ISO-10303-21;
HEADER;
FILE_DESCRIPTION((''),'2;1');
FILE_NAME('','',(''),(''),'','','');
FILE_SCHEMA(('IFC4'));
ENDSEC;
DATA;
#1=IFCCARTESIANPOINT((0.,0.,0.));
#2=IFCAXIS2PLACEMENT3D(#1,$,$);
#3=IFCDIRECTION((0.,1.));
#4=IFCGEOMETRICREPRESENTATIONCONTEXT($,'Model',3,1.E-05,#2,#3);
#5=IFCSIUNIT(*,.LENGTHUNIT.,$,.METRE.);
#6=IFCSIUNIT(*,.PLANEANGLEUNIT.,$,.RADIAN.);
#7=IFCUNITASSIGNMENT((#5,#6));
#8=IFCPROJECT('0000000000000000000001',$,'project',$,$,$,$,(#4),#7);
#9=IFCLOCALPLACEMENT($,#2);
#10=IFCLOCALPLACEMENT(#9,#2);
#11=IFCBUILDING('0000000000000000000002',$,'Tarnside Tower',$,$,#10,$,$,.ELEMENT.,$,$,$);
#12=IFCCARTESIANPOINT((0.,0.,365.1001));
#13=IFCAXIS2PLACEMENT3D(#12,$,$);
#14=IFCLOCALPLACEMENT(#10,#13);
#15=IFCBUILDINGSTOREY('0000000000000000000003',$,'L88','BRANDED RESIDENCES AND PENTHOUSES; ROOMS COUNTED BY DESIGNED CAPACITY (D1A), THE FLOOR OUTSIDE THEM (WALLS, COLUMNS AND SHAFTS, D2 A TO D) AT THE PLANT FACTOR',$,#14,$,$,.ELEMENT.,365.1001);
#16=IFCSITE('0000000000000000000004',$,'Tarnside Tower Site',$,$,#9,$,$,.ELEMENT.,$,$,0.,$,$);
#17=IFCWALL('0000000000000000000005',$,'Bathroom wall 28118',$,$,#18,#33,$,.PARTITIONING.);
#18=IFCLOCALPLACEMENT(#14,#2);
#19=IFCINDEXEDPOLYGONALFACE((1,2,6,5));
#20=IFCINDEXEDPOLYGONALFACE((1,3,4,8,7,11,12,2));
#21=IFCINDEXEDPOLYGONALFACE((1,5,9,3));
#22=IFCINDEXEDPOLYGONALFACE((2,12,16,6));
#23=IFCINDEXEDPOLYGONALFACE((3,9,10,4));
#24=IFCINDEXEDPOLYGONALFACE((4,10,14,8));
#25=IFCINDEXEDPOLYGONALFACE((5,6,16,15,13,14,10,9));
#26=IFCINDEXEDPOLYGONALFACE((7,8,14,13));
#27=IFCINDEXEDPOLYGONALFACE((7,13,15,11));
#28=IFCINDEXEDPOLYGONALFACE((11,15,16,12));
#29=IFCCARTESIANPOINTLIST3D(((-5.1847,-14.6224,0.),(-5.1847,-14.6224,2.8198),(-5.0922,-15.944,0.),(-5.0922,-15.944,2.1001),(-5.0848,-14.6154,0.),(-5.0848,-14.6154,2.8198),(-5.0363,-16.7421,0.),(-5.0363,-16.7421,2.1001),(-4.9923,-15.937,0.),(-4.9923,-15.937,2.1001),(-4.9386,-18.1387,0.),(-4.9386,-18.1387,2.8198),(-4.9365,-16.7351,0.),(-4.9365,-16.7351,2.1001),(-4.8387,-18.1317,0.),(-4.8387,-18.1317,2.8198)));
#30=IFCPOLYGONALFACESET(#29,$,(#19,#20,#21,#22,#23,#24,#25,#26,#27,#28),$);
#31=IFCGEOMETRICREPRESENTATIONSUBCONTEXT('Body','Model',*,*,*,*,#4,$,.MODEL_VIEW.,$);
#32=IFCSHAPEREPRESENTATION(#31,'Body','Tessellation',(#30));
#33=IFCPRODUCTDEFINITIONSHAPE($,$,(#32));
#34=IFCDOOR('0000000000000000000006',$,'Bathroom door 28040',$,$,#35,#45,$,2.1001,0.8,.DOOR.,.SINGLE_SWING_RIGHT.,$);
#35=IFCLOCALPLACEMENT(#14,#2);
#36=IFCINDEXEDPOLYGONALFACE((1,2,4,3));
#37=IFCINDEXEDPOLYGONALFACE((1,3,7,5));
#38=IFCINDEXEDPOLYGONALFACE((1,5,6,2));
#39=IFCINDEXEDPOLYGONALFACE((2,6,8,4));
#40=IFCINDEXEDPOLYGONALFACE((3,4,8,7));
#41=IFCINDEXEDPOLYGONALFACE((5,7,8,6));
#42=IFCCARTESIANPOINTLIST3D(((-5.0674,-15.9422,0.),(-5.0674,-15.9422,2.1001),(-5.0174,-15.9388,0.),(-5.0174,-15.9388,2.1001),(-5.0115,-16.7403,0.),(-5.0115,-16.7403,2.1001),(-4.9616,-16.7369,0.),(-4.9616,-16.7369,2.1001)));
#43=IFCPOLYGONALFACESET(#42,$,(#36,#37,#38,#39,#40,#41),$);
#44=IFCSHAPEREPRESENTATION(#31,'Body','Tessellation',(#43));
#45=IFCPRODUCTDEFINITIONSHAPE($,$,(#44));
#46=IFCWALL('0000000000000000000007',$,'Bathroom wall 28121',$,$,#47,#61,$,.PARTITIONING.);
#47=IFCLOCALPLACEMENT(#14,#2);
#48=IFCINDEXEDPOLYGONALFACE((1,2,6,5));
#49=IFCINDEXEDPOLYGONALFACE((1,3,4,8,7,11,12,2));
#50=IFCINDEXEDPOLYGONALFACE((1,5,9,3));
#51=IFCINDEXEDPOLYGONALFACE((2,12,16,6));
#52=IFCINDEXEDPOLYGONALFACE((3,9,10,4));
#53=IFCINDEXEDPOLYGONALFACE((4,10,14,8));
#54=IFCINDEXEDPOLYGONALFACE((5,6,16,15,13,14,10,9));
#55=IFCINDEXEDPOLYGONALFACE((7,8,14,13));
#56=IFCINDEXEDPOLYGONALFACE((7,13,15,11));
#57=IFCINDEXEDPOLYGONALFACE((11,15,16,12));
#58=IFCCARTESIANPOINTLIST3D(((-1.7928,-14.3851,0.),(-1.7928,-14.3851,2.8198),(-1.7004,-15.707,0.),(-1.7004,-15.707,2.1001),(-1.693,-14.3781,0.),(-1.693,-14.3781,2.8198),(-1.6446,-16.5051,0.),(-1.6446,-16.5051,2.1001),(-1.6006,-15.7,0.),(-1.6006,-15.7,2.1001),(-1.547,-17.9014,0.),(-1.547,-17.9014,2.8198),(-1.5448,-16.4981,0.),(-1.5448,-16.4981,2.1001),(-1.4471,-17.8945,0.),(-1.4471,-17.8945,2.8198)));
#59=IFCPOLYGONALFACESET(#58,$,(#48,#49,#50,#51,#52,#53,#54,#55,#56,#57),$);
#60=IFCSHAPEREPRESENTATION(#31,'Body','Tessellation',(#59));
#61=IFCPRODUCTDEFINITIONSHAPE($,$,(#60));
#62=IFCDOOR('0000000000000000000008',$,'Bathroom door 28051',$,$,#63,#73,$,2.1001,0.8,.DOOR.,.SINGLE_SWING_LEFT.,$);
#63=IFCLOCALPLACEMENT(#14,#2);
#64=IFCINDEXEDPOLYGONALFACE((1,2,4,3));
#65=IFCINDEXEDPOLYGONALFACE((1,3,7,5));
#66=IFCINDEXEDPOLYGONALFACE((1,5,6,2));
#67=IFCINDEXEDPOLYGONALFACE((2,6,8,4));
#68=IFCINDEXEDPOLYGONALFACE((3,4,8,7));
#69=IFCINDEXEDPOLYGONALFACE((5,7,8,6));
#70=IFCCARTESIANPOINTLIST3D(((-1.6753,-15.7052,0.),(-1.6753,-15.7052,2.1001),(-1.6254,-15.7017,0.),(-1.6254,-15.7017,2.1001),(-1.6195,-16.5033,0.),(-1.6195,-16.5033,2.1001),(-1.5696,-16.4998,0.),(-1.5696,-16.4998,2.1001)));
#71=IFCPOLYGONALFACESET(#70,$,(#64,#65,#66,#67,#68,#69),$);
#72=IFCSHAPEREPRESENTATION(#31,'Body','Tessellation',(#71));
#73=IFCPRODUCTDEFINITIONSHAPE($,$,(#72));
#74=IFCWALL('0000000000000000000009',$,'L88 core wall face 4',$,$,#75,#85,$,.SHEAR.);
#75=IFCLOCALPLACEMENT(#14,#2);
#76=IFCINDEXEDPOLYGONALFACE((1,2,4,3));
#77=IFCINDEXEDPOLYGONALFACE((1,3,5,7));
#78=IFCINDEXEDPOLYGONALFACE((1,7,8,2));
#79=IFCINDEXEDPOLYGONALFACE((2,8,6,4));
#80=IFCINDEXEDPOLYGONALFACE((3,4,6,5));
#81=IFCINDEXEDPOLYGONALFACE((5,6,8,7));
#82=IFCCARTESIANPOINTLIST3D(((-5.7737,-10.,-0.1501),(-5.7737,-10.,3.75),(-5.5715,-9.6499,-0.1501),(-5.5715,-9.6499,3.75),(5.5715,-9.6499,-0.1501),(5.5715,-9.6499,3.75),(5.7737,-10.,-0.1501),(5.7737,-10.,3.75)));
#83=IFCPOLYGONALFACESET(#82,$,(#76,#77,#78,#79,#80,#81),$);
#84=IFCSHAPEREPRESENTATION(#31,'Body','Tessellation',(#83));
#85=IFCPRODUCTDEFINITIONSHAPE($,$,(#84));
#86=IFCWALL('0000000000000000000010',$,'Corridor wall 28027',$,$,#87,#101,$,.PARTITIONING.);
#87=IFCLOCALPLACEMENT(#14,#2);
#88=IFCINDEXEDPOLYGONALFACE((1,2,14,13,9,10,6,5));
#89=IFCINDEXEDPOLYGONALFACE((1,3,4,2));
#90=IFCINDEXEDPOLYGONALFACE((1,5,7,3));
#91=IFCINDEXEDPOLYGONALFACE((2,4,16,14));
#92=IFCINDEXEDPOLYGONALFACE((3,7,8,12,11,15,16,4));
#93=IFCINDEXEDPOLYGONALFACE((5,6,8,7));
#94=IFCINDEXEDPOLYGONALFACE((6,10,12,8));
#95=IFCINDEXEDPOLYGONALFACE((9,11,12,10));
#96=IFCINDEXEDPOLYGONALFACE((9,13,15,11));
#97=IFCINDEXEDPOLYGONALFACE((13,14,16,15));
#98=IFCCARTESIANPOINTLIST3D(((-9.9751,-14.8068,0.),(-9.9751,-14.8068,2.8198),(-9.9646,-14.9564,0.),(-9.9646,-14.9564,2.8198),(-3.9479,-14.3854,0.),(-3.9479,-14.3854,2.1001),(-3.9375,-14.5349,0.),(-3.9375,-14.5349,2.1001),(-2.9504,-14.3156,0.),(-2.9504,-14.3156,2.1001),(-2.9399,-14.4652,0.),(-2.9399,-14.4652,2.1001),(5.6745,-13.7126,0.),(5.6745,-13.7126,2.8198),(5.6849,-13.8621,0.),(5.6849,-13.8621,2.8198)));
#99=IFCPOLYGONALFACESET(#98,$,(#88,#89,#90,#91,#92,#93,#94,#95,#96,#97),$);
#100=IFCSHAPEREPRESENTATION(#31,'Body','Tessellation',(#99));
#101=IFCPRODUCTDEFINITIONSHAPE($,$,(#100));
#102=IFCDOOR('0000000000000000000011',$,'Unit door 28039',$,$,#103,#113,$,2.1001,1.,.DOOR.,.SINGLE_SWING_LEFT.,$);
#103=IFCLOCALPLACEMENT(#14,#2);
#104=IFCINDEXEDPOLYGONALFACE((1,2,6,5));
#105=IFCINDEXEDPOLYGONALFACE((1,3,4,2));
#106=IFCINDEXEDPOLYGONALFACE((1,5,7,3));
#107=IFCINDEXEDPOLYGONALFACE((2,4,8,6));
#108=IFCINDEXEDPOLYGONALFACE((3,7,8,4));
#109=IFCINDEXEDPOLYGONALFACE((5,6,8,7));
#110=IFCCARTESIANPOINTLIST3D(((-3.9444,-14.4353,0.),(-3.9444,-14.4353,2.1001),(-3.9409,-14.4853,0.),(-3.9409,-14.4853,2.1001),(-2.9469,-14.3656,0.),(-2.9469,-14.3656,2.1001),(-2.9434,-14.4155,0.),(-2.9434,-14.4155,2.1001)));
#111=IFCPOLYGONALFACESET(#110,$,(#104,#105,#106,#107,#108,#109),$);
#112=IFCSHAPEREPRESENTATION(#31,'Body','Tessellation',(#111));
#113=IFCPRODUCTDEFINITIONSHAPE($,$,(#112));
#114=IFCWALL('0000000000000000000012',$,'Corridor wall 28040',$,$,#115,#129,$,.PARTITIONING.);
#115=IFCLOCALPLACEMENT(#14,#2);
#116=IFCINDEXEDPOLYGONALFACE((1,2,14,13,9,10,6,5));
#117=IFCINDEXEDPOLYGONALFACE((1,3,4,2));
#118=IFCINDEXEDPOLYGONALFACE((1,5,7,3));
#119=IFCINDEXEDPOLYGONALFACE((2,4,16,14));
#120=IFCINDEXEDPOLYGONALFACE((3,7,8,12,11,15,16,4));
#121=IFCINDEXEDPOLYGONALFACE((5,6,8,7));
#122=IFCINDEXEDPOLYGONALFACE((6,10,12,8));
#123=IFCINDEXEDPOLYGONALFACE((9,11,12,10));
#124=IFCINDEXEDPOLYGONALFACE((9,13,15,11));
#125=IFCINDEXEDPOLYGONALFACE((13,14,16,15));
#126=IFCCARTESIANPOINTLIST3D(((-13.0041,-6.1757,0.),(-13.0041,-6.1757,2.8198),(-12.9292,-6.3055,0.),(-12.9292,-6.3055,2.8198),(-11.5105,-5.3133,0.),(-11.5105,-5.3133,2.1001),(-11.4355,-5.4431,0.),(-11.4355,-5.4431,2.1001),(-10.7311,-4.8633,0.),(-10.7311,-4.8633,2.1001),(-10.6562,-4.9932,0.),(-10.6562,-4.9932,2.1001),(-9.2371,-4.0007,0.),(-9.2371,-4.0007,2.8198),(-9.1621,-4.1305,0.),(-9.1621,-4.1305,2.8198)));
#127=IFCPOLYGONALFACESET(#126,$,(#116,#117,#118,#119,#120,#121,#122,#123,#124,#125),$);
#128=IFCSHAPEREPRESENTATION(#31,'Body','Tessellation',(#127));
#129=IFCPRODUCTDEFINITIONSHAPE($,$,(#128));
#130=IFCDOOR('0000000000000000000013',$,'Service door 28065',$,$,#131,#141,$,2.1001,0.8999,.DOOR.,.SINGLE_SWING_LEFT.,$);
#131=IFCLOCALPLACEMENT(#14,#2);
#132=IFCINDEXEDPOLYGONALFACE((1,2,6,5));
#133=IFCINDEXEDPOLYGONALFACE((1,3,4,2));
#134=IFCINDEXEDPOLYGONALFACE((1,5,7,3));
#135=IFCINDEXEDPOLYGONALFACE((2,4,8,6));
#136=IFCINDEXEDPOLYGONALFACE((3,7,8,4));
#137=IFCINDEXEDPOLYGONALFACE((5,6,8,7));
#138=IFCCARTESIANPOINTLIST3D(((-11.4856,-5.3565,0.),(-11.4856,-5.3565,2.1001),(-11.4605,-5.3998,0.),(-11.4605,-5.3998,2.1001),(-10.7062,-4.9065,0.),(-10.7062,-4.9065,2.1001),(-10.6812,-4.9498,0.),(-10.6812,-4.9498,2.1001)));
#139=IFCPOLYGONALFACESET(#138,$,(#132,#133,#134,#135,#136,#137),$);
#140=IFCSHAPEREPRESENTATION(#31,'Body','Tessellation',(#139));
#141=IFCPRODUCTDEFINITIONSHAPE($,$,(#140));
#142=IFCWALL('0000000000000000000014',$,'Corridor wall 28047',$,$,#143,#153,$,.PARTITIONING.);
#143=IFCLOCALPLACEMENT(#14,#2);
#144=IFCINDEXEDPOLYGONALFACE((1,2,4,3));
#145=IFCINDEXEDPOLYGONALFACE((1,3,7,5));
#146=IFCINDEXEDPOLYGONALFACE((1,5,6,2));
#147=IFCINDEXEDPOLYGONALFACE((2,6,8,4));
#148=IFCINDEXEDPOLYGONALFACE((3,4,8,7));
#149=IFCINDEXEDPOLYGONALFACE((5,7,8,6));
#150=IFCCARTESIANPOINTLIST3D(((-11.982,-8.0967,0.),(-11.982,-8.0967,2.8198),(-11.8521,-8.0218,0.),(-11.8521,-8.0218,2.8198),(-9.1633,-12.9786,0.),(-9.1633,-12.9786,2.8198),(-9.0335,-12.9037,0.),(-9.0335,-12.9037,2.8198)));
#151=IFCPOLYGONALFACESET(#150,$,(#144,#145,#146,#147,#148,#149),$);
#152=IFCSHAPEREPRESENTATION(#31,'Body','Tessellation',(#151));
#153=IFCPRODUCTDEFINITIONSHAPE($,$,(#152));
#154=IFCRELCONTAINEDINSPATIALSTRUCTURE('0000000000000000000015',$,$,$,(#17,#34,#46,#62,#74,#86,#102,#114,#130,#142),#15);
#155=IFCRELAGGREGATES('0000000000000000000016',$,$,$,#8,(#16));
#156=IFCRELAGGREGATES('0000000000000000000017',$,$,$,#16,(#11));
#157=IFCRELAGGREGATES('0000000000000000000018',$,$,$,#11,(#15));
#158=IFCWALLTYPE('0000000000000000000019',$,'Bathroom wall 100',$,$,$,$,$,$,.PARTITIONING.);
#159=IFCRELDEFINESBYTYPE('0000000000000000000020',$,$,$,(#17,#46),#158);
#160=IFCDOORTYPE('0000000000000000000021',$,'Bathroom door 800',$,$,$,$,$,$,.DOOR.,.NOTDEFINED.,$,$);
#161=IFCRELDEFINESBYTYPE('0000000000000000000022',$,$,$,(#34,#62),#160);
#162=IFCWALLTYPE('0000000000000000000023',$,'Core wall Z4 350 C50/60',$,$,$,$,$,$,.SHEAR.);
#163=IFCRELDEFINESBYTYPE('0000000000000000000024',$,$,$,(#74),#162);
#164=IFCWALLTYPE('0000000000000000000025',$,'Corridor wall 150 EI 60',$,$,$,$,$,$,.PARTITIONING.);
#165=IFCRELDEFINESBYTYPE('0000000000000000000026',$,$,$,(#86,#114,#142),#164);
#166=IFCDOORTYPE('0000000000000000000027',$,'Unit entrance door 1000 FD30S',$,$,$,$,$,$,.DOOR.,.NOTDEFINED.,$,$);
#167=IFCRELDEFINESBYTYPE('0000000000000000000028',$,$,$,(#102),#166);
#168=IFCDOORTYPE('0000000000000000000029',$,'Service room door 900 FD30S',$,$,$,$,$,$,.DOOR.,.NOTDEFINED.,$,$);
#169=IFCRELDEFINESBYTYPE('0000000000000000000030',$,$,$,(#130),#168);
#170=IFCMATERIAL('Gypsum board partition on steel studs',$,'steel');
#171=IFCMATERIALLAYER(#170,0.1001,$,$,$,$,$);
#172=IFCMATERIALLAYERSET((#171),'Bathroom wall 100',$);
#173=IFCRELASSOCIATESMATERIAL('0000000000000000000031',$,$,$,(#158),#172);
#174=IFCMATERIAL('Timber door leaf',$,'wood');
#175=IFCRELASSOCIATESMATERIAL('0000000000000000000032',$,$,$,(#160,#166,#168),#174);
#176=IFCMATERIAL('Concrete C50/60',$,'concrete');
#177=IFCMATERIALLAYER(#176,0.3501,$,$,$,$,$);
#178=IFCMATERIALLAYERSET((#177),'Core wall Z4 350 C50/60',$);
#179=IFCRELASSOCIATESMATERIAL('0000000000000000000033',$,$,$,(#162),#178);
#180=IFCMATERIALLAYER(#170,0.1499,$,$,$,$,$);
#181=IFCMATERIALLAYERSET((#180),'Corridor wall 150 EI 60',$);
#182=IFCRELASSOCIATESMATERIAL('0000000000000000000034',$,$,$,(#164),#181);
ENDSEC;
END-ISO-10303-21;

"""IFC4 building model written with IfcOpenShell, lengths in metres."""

from ifc_helpers import new_model, si_unit, direction, frame, frame_2d, origin, place, context, subcontext, project, spatial, polyline, rectangle, outline, extrude, material, layer, layer_set, type_object, element, fill, save


model = new_model("IFC4")

# Units and contexts
model_context = context("Model", 3, precision=1e-05, world=origin(), true_north=direction((0.0, 1.0)))
body_context = subcontext(model_context, "Body", "Model", "MODEL_VIEW")
ifc_project = project(units=[si_unit("LENGTHUNIT", "METRE"), si_unit("PLANEANGLEUNIT", "RADIAN")], contexts=[model_context])

# Site, building, storey
site_placement = place(None, origin())
site = spatial("IfcSite", under=ifc_project, at=site_placement, Name="Tarnside Tower Site", CompositionType="ELEMENT", RefElevation=0.0)
building_placement = place(site_placement, origin())
building = spatial("IfcBuilding", under=site, at=building_placement, Name="Tarnside Tower", CompositionType="ELEMENT")
storey_placement = place(building_placement, frame((0.0, 0.0, 365.1001)))
storey = spatial("IfcBuildingStorey", under=building, at=storey_placement, Name="L88", Description="BRANDED RESIDENCES AND PENTHOUSES; ROOMS COUNTED BY DESIGNED CAPACITY (D1A), THE FLOOR OUTSIDE THEM (WALLS, COLUMNS AND SHAFTS, D2 A TO D) AT THE PLANT FACTOR", CompositionType="ELEMENT", Elevation=365.1001)

# Walls, openings, doors
ifc_material_1 = material(Name="Gypsum board partition on steel studs", Category="steel")
ifc_layer_1 = layer(ifc_material_1, 0.1001)
ifc_layer_set_1 = layer_set([ifc_layer_1], Name="Bathroom wall 100")
wall_type_1 = type_object("IfcWallType", Name="Bathroom wall 100", PredefinedType="PARTITIONING", material=ifc_layer_set_1)
wall_1_placement = place(storey_placement, frame((-5.1348, -14.6189, 0.0), z_axis=(0.0, 0.0, 1.0), x_axis=(0.069815, -0.99756, 0.0)))
wall_1 = element("IfcWall", 1, at=wall_1_placement, inside=storey, type_object=wall_type_1, Name="Bathroom wall 28118", PredefinedType="PARTITIONING", context=body_context, shape_type="SweptSolid", body=[
    extrude(rectangle(XDim=3.5249, YDim=0.1001, at=frame_2d((1.7625, 0.0))), origin(), (0.0, 0.0, 1.0), 2.8198),
])
opening_1_placement = place(wall_1_placement, frame((1.325, 0.0, 0.0)))
opening_1 = element("IfcOpeningElement", 2, at=opening_1_placement, cuts=wall_1, PredefinedType="OPENING", context=body_context, shape_type="SweptSolid", body=[
    extrude(rectangle(XDim=0.8, YDim=2.1001, at=frame_2d((0.3999, 1.05))), frame((0.0, 0.0601, 0.0), z_axis=(0.0, -1.0, 0.0), x_axis=(1.0, 0.0, 0.0)), (0.0, 0.0, 1.0), 0.1201),
])
ifc_material_2 = material(Name="Timber door leaf", Category="wood")
door_type_1 = type_object("IfcDoorType", Name="Bathroom door 800", OperationType="NOTDEFINED", PredefinedType="DOOR", material=ifc_material_2)
door_1_placement = place(opening_1_placement, origin())
door_1 = element("IfcDoor", 3, at=door_1_placement, inside=storey, type_object=door_type_1, Name="Bathroom door 28040", OperationType="SINGLE_SWING_RIGHT", OverallHeight=2.1001, OverallWidth=0.8, PredefinedType="DOOR", context=body_context, shape_type="SweptSolid", body=[
    extrude(rectangle(XDim=0.8, YDim=2.1001, at=frame_2d((0.3999, 1.05))), frame((0.0, 0.0249, 0.0), z_axis=(0.0, -1.0, 0.0), x_axis=(1.0, 0.0, 0.0)), (0.0, 0.0, 1.0), 0.05),
])
fill(opening_1, door_1)
wall_2_placement = place(storey_placement, frame((-1.4971, -17.8979, 0.0), z_axis=(0.0, 0.0, 1.0), x_axis=(-0.069746, 0.997565, 0.0)))
wall_2 = element("IfcWall", 4, at=wall_2_placement, inside=storey, type_object=wall_type_1, Name="Bathroom wall 28121", PredefinedType="PARTITIONING", context=body_context, shape_type="SweptSolid", body=[
    extrude(rectangle(XDim=3.5249, YDim=0.1001, at=frame_2d((1.7625, 0.0))), origin(), (0.0, 0.0, 1.0), 2.8198),
])
opening_2_placement = place(wall_2_placement, frame((1.3999, 0.0, 0.0)))
opening_2 = element("IfcOpeningElement", 5, at=opening_2_placement, cuts=wall_2, PredefinedType="OPENING", context=body_context, shape_type="SweptSolid", body=[
    extrude(rectangle(XDim=0.8, YDim=2.1001, at=frame_2d((0.3999, 1.05))), frame((0.0, 0.0601, 0.0), z_axis=(0.0, -1.0, 0.0), x_axis=(1.0, 0.0, 0.0)), (0.0, 0.0, 1.0), 0.1201),
])
door_2_placement = place(opening_2_placement, origin())
door_2 = element("IfcDoor", 6, at=door_2_placement, inside=storey, type_object=door_type_1, Name="Bathroom door 28051", OperationType="SINGLE_SWING_LEFT", OverallHeight=2.1001, OverallWidth=0.8, PredefinedType="DOOR", context=body_context, shape_type="SweptSolid", body=[
    extrude(rectangle(XDim=0.8, YDim=2.1001, at=frame_2d((0.3999, 1.05))), frame((0.0, 0.0249, 0.0), z_axis=(0.0, -1.0, 0.0), x_axis=(1.0, 0.0, 0.0)), (0.0, 0.0, 1.0), 0.05),
])
fill(opening_2, door_2)

# Wall
ifc_material_3 = material(Name="Concrete C50/60", Category="concrete")
ifc_layer_2 = layer(ifc_material_3, 0.3501)
ifc_layer_set_2 = layer_set([ifc_layer_2], Name="Core wall Z4 350 C50/60")
wall_type_2 = type_object("IfcWallType", Name="Core wall Z4 350 C50/60", PredefinedType="SHEAR", material=ifc_layer_set_2)
wall_3_placement = place(storey_placement, frame((-5.6726, -9.825, -0.1501), z_axis=(0.0, 0.0, 1.0), x_axis=(1.0, 0.0, 0.0)))
element("IfcWall", 7, at=wall_3_placement, inside=storey, type_object=wall_type_2, Name="L88 core wall face 4", PredefinedType="SHEAR", context=body_context, shape_type="SweptSolid", body=[
    extrude(outline(polyline([(-0.1011, -0.175), (11.4463, -0.175), (11.2441, 0.175), (0.1011, 0.175), (-0.1011, -0.175)])), origin(), (0.0, 0.0, 1.0), 3.9001),
])

# Walls, openings, doors
ifc_layer_3 = layer(ifc_material_1, 0.1499)
ifc_layer_set_3 = layer_set([ifc_layer_3], Name="Corridor wall 150 EI 60")
wall_type_3 = type_object("IfcWallType", Name="Corridor wall 150 EI 60", PredefinedType="PARTITIONING", material=ifc_layer_set_3)
wall_4_placement = place(storey_placement, frame((-9.9697, -14.8816, 0.0), z_axis=(0.0, 0.0, 1.0), x_axis=(0.997564, 0.069752, 0.0)))
wall_4 = element("IfcWall", 8, at=wall_4_placement, inside=storey, type_object=wall_type_3, Name="Corridor wall 28027", PredefinedType="PARTITIONING", context=body_context, shape_type="SweptSolid", body=[
    extrude(rectangle(XDim=15.6877, YDim=0.1499, at=frame_2d((7.8438, 0.0))), origin(), (0.0, 0.0, 1.0), 2.8198),
])
opening_3_placement = place(wall_4_placement, frame((6.0417, 0.0, 0.0)))
opening_3 = element("IfcOpeningElement", 9, at=opening_3_placement, cuts=wall_4, PredefinedType="OPENING", context=body_context, shape_type="SweptSolid", body=[
    extrude(rectangle(XDim=1.0, YDim=2.1001, at=frame_2d((0.5, 1.05))), frame((0.0, 0.085, 0.0), z_axis=(0.0, -1.0, 0.0), x_axis=(1.0, 0.0, 0.0)), (0.0, 0.0, 1.0), 0.1699),
])
door_type_2 = type_object("IfcDoorType", Name="Unit entrance door 1000 FD30S", OperationType="NOTDEFINED", PredefinedType="DOOR", material=ifc_material_2)
door_3_placement = place(opening_3_placement, origin())
door_3 = element("IfcDoor", 10, at=door_3_placement, inside=storey, type_object=door_type_2, Name="Unit door 28039", OperationType="SINGLE_SWING_LEFT", OverallHeight=2.1001, OverallWidth=1.0, PredefinedType="DOOR", context=body_context, shape_type="SweptSolid", body=[
    extrude(rectangle(XDim=1.0, YDim=2.1001, at=frame_2d((0.5, 1.05))), frame((0.0, 0.0249, 0.0), z_axis=(0.0, -1.0, 0.0), x_axis=(1.0, 0.0, 0.0)), (0.0, 0.0, 1.0), 0.05),
])
fill(opening_3, door_3)
wall_5_placement = place(storey_placement, frame((-9.1997, -4.0657, 0.0), z_axis=(0.0, 0.0, 1.0), x_axis=(-0.866014, -0.50002, 0.0)))
wall_5 = element("IfcWall", 11, at=wall_5_placement, inside=storey, type_object=wall_type_3, Name="Corridor wall 28040", PredefinedType="PARTITIONING", context=body_context, shape_type="SweptSolid", body=[
    extrude(rectangle(XDim=4.3499, YDim=0.1499, at=frame_2d((2.1748, 0.0))), origin(), (0.0, 0.0, 1.0), 2.8198),
])
opening_4_placement = place(wall_5_placement, frame((1.7251, 0.0, 0.0)))
opening_4 = element("IfcOpeningElement", 12, at=opening_4_placement, cuts=wall_5, PredefinedType="OPENING", context=body_context, shape_type="SweptSolid", body=[
    extrude(rectangle(XDim=0.8999, YDim=2.1001, at=frame_2d((0.45, 1.05))), frame((0.0, 0.085, 0.0), z_axis=(0.0, -1.0, 0.0), x_axis=(1.0, 0.0, 0.0)), (0.0, 0.0, 1.0), 0.1699),
])
door_type_3 = type_object("IfcDoorType", Name="Service room door 900 FD30S", OperationType="NOTDEFINED", PredefinedType="DOOR", material=ifc_material_2)
door_4_placement = place(opening_4_placement, origin())
door_4 = element("IfcDoor", 13, at=door_4_placement, inside=storey, type_object=door_type_3, Name="Service door 28065", OperationType="SINGLE_SWING_LEFT", OverallHeight=2.1001, OverallWidth=0.8999, PredefinedType="DOOR", context=body_context, shape_type="SweptSolid", body=[
    extrude(rectangle(XDim=0.8999, YDim=2.1001, at=frame_2d((0.45, 1.05))), frame((0.0, 0.0249, 0.0), z_axis=(0.0, -1.0, 0.0), x_axis=(1.0, 0.0, 0.0)), (0.0, 0.0, 1.0), 0.05),
])
fill(opening_4, door_4)

# Wall
wall_6_placement = place(storey_placement, frame((-9.0984, -12.9412, 0.0), z_axis=(0.0, 0.0, 1.0), x_axis=(-0.50001, 0.86602, 0.0)))
element("IfcWall", 14, at=wall_6_placement, inside=storey, type_object=wall_type_3, Name="Corridor wall 28047", PredefinedType="PARTITIONING", context=body_context, shape_type="SweptSolid", body=[
    extrude(rectangle(XDim=5.6372, YDim=0.1499, at=frame_2d((2.8186, 0.0))), origin(), (0.0, 0.0, 1.0), 2.8198),
])

save(model, "model.ifc")
